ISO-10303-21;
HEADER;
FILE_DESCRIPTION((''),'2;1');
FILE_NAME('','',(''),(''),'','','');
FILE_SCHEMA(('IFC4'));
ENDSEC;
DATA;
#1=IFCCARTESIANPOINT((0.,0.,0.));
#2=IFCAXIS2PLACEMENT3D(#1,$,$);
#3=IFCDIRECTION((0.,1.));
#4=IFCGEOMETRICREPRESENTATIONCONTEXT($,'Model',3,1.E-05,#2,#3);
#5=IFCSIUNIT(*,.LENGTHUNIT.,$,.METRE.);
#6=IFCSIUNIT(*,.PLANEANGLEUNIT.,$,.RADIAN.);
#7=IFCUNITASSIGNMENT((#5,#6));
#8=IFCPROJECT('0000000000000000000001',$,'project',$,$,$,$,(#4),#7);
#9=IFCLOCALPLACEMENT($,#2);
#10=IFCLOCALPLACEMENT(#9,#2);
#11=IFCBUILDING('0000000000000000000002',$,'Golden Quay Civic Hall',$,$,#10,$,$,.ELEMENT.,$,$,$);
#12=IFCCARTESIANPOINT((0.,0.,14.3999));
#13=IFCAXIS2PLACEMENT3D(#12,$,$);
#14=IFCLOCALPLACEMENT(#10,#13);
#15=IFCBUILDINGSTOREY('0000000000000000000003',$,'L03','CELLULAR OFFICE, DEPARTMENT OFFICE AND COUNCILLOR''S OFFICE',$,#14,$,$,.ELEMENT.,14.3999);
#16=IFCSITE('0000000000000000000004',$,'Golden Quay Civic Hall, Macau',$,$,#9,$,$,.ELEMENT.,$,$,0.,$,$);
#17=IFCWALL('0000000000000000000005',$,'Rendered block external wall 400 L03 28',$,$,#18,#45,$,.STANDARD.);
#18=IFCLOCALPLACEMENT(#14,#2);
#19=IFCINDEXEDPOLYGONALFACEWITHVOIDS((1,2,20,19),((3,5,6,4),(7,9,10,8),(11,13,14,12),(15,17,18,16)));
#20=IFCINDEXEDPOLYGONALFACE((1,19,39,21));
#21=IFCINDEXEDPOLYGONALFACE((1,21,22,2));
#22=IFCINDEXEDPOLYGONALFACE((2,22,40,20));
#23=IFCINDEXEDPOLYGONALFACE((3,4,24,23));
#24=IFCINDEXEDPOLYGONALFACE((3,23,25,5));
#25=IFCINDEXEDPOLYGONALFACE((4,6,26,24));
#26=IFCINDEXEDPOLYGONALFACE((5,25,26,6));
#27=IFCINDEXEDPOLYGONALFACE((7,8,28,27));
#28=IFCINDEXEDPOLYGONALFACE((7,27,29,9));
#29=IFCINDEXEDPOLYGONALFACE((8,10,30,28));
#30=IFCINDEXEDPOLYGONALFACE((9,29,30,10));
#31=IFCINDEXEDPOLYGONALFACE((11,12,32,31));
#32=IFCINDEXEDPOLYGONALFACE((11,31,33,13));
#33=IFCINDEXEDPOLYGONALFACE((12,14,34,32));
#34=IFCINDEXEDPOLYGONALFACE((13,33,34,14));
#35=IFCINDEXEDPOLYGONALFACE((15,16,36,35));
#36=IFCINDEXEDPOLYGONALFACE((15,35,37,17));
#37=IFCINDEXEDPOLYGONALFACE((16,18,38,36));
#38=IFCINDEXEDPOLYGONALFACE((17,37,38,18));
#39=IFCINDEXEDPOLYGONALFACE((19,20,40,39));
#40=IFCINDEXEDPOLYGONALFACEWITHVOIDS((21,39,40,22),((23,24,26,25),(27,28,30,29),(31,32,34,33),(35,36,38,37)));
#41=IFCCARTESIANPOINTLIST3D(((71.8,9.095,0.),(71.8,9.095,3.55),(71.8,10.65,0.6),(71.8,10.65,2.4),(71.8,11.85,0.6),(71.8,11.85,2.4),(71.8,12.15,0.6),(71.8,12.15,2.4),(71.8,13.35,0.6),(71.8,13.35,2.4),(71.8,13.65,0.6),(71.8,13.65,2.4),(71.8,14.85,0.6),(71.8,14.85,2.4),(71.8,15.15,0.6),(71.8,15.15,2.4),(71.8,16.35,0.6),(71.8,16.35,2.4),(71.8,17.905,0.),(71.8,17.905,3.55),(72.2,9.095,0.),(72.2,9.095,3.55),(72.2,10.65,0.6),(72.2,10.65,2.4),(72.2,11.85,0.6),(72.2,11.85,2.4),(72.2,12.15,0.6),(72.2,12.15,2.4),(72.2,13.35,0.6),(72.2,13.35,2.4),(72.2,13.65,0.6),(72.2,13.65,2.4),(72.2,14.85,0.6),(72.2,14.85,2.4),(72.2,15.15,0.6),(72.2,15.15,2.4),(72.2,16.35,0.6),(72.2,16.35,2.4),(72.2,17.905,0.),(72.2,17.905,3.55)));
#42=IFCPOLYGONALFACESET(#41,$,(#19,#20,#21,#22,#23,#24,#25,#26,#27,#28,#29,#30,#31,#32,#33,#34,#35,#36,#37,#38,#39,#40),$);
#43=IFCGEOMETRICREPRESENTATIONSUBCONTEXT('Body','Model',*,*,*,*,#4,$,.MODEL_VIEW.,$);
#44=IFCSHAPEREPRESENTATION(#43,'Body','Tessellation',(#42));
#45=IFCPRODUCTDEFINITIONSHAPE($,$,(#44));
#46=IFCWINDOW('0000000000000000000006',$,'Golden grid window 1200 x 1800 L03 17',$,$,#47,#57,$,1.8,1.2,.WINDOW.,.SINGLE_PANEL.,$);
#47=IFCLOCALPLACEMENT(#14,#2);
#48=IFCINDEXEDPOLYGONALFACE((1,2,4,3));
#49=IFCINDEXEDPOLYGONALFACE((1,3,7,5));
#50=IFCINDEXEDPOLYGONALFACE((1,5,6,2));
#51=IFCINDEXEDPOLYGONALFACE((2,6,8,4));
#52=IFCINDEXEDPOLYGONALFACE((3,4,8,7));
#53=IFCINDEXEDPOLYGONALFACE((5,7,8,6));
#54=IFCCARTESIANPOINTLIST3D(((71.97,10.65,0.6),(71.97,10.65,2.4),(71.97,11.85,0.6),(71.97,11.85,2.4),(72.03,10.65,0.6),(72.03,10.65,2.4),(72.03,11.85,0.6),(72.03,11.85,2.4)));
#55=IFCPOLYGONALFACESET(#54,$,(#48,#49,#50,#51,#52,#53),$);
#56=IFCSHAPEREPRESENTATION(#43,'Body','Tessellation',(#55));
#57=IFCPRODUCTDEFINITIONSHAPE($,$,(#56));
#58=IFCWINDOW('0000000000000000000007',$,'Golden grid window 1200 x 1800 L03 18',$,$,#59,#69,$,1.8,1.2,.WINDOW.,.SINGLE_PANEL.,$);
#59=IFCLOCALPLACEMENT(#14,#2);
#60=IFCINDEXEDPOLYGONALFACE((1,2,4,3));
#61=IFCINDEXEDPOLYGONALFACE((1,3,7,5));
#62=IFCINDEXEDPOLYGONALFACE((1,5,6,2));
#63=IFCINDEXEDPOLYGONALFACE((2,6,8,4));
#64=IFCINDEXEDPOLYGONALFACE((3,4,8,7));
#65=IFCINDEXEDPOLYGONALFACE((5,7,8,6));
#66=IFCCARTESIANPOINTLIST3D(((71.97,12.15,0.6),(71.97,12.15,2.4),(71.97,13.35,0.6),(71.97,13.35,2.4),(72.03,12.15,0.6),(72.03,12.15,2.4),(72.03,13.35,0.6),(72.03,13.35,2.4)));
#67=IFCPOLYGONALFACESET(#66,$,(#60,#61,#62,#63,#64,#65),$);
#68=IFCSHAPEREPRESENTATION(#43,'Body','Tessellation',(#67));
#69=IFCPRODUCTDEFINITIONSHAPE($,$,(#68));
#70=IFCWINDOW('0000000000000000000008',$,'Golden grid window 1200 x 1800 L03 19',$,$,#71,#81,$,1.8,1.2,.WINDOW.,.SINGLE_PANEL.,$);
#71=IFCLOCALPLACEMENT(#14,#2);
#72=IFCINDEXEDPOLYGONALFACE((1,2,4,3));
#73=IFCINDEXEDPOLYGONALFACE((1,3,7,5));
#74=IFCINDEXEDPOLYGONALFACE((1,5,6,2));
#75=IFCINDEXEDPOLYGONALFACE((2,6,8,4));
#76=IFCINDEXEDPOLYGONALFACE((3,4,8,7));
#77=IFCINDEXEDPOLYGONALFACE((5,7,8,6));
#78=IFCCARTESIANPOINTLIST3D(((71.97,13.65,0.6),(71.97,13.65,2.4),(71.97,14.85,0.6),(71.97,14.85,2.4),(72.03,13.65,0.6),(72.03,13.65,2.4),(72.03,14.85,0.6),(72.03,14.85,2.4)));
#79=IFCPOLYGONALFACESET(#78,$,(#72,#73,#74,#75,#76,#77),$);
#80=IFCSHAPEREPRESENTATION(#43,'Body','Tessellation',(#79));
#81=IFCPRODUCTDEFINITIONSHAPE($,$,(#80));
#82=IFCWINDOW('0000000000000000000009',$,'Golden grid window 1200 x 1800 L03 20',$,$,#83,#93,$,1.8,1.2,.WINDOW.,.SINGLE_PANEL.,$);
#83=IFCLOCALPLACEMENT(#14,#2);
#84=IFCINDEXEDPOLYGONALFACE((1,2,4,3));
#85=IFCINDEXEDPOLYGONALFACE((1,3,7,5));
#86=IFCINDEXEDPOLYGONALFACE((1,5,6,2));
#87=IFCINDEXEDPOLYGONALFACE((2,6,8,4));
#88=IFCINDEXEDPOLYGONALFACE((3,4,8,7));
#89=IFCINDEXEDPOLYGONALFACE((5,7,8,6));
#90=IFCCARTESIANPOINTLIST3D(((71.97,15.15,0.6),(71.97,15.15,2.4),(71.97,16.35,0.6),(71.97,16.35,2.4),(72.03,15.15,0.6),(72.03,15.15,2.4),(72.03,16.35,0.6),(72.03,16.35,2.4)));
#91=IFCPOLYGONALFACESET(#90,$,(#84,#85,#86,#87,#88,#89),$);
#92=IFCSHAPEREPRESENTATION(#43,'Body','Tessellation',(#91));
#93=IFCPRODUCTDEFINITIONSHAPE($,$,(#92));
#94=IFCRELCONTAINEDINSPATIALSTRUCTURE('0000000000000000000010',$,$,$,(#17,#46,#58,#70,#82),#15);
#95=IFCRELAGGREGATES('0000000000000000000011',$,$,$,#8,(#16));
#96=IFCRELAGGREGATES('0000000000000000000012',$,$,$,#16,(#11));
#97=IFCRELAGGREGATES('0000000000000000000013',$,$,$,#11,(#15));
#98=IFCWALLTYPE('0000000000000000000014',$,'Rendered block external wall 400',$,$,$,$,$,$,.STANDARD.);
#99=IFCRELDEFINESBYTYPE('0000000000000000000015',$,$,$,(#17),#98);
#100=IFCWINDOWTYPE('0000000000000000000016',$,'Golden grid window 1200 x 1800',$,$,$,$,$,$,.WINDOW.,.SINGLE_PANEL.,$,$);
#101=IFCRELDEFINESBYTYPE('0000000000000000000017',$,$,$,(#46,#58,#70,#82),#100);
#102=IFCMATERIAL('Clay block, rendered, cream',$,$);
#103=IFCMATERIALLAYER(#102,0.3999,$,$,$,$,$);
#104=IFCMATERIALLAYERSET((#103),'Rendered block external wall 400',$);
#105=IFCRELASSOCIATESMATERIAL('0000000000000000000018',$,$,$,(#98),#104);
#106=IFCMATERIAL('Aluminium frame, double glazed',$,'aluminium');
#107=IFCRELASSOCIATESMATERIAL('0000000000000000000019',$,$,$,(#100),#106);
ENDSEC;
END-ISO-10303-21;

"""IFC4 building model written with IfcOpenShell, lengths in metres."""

from ifc_helpers import new_model, si_unit, direction, frame, frame_2d, origin, place, context, subcontext, project, spatial, rectangle, extrude, material, layer, layer_set, type_object, element, fill, save


model = new_model("IFC4")

# Units and contexts
model_context = context("Model", 3, precision=1e-05, world=origin(), true_north=direction((0.0, 1.0)))
body_context = subcontext(model_context, "Body", "Model", "MODEL_VIEW")
ifc_project = project(units=[si_unit("LENGTHUNIT", "METRE"), si_unit("PLANEANGLEUNIT", "RADIAN")], contexts=[model_context])

# Site, building, storey
site_placement = place(None, origin())
site = spatial("IfcSite", under=ifc_project, at=site_placement, Name="Golden Quay Civic Hall, Macau", CompositionType="ELEMENT", RefElevation=0.0)
building_placement = place(site_placement, origin())
building = spatial("IfcBuilding", under=site, at=building_placement, Name="Golden Quay Civic Hall", CompositionType="ELEMENT")
storey_placement = place(building_placement, frame((0.0, 0.0, 14.3999)))
storey = spatial("IfcBuildingStorey", under=building, at=storey_placement, Name="L03", Description="CELLULAR OFFICE, DEPARTMENT OFFICE AND COUNCILLOR'S OFFICE", CompositionType="ELEMENT", Elevation=14.3999)

# Wall, openings, windows
ifc_material_1 = material(Name="Clay block, rendered, cream")
ifc_layer_1 = layer(ifc_material_1, 0.3999)
ifc_layer_set_1 = layer_set([ifc_layer_1], Name="Rendered block external wall 400")
wall_type = type_object("IfcWallType", Name="Rendered block external wall 400", PredefinedType="STANDARD", material=ifc_layer_set_1)
wall_placement = place(storey_placement, frame((72.0, 17.905, 0.0), z_axis=(0.0, 0.0, 1.0), x_axis=(0.0, -1.0, 0.0)))
wall = element("IfcWall", 1, at=wall_placement, inside=storey, type_object=wall_type, Name="Rendered block external wall 400 L03 28", PredefinedType="STANDARD", context=body_context, shape_type="SweptSolid", body=[
    extrude(rectangle(XDim=8.8101, YDim=0.3999, at=frame_2d((4.405, 0.0))), origin(), (0.0, 0.0, 1.0), 3.55),
])
opening_1_placement = place(wall_placement, frame((6.0549, 0.0, 0.6001)))
opening_1 = element("IfcOpeningElement", 2, at=opening_1_placement, cuts=wall, PredefinedType="OPENING", context=body_context, shape_type="SweptSolid", body=[
    extrude(rectangle(XDim=1.2, YDim=1.8, at=frame_2d((0.6001, 0.8999))), frame((0.0, 0.21, 0.0), z_axis=(0.0, -1.0, 0.0), x_axis=(1.0, 0.0, 0.0)), (0.0, 0.0, 1.0), 0.4199),
])
opening_2_placement = place(wall_placement, frame((4.5549, 0.0, 0.6001)))
opening_2 = element("IfcOpeningElement", 3, at=opening_2_placement, cuts=wall, PredefinedType="OPENING", context=body_context, shape_type="SweptSolid", body=[
    extrude(rectangle(XDim=1.2, YDim=1.8, at=frame_2d((0.6001, 0.8999))), frame((0.0, 0.21, 0.0), z_axis=(0.0, -1.0, 0.0), x_axis=(1.0, 0.0, 0.0)), (0.0, 0.0, 1.0), 0.4199),
])
opening_3_placement = place(wall_placement, frame((3.0549, 0.0, 0.6001)))
opening_3 = element("IfcOpeningElement", 4, at=opening_3_placement, cuts=wall, PredefinedType="OPENING", context=body_context, shape_type="SweptSolid", body=[
    extrude(rectangle(XDim=1.2, YDim=1.8, at=frame_2d((0.6001, 0.8999))), frame((0.0, 0.21, 0.0), z_axis=(0.0, -1.0, 0.0), x_axis=(1.0, 0.0, 0.0)), (0.0, 0.0, 1.0), 0.4199),
])
opening_4_placement = place(wall_placement, frame((1.5549, 0.0, 0.6001)))
opening_4 = element("IfcOpeningElement", 5, at=opening_4_placement, cuts=wall, PredefinedType="OPENING", context=body_context, shape_type="SweptSolid", body=[
    extrude(rectangle(XDim=1.2, YDim=1.8, at=frame_2d((0.6001, 0.8999))), frame((0.0, 0.21, 0.0), z_axis=(0.0, -1.0, 0.0), x_axis=(1.0, 0.0, 0.0)), (0.0, 0.0, 1.0), 0.4199),
])
ifc_material_2 = material(Name="Aluminium frame, double glazed", Category="aluminium")
window_type = type_object("IfcWindowType", Name="Golden grid window 1200 x 1800", PartitioningType="SINGLE_PANEL", PredefinedType="WINDOW", material=ifc_material_2)
window_1_placement = place(opening_1_placement, origin())
window_1 = element("IfcWindow", 6, at=window_1_placement, inside=storey, type_object=window_type, Name="Golden grid window 1200 x 1800 L03 17", OverallHeight=1.8, OverallWidth=1.2, PartitioningType="SINGLE_PANEL", PredefinedType="WINDOW", context=body_context, shape_type="SweptSolid", body=[
    extrude(rectangle(XDim=1.2, YDim=1.8, at=frame_2d((0.6001, 0.8999))), frame((0.0, 0.03, 0.0), z_axis=(0.0, -1.0, 0.0), x_axis=(1.0, 0.0, 0.0)), (0.0, 0.0, 1.0), 0.0601),
])
fill(opening_1, window_1)
window_2_placement = place(opening_2_placement, origin())
window_2 = element("IfcWindow", 7, at=window_2_placement, inside=storey, type_object=window_type, Name="Golden grid window 1200 x 1800 L03 18", OverallHeight=1.8, OverallWidth=1.2, PartitioningType="SINGLE_PANEL", PredefinedType="WINDOW", context=body_context, shape_type="SweptSolid", body=[
    extrude(rectangle(XDim=1.2, YDim=1.8, at=frame_2d((0.6001, 0.8999))), frame((0.0, 0.03, 0.0), z_axis=(0.0, -1.0, 0.0), x_axis=(1.0, 0.0, 0.0)), (0.0, 0.0, 1.0), 0.0601),
])
fill(opening_2, window_2)
window_3_placement = place(opening_3_placement, origin())
window_3 = element("IfcWindow", 8, at=window_3_placement, inside=storey, type_object=window_type, Name="Golden grid window 1200 x 1800 L03 19", OverallHeight=1.8, OverallWidth=1.2, PartitioningType="SINGLE_PANEL", PredefinedType="WINDOW", context=body_context, shape_type="SweptSolid", body=[
    extrude(rectangle(XDim=1.2, YDim=1.8, at=frame_2d((0.6001, 0.8999))), frame((0.0, 0.03, 0.0), z_axis=(0.0, -1.0, 0.0), x_axis=(1.0, 0.0, 0.0)), (0.0, 0.0, 1.0), 0.0601),
])
fill(opening_3, window_3)
window_4_placement = place(opening_4_placement, origin())
window_4 = element("IfcWindow", 9, at=window_4_placement, inside=storey, type_object=window_type, Name="Golden grid window 1200 x 1800 L03 20", OverallHeight=1.8, OverallWidth=1.2, PartitioningType="SINGLE_PANEL", PredefinedType="WINDOW", context=body_context, shape_type="SweptSolid", body=[
    extrude(rectangle(XDim=1.2, YDim=1.8, at=frame_2d((0.6001, 0.8999))), frame((0.0, 0.03, 0.0), z_axis=(0.0, -1.0, 0.0), x_axis=(1.0, 0.0, 0.0)), (0.0, 0.0, 1.0), 0.0601),
])
fill(opening_4, window_4)

save(model, "model.ifc")
